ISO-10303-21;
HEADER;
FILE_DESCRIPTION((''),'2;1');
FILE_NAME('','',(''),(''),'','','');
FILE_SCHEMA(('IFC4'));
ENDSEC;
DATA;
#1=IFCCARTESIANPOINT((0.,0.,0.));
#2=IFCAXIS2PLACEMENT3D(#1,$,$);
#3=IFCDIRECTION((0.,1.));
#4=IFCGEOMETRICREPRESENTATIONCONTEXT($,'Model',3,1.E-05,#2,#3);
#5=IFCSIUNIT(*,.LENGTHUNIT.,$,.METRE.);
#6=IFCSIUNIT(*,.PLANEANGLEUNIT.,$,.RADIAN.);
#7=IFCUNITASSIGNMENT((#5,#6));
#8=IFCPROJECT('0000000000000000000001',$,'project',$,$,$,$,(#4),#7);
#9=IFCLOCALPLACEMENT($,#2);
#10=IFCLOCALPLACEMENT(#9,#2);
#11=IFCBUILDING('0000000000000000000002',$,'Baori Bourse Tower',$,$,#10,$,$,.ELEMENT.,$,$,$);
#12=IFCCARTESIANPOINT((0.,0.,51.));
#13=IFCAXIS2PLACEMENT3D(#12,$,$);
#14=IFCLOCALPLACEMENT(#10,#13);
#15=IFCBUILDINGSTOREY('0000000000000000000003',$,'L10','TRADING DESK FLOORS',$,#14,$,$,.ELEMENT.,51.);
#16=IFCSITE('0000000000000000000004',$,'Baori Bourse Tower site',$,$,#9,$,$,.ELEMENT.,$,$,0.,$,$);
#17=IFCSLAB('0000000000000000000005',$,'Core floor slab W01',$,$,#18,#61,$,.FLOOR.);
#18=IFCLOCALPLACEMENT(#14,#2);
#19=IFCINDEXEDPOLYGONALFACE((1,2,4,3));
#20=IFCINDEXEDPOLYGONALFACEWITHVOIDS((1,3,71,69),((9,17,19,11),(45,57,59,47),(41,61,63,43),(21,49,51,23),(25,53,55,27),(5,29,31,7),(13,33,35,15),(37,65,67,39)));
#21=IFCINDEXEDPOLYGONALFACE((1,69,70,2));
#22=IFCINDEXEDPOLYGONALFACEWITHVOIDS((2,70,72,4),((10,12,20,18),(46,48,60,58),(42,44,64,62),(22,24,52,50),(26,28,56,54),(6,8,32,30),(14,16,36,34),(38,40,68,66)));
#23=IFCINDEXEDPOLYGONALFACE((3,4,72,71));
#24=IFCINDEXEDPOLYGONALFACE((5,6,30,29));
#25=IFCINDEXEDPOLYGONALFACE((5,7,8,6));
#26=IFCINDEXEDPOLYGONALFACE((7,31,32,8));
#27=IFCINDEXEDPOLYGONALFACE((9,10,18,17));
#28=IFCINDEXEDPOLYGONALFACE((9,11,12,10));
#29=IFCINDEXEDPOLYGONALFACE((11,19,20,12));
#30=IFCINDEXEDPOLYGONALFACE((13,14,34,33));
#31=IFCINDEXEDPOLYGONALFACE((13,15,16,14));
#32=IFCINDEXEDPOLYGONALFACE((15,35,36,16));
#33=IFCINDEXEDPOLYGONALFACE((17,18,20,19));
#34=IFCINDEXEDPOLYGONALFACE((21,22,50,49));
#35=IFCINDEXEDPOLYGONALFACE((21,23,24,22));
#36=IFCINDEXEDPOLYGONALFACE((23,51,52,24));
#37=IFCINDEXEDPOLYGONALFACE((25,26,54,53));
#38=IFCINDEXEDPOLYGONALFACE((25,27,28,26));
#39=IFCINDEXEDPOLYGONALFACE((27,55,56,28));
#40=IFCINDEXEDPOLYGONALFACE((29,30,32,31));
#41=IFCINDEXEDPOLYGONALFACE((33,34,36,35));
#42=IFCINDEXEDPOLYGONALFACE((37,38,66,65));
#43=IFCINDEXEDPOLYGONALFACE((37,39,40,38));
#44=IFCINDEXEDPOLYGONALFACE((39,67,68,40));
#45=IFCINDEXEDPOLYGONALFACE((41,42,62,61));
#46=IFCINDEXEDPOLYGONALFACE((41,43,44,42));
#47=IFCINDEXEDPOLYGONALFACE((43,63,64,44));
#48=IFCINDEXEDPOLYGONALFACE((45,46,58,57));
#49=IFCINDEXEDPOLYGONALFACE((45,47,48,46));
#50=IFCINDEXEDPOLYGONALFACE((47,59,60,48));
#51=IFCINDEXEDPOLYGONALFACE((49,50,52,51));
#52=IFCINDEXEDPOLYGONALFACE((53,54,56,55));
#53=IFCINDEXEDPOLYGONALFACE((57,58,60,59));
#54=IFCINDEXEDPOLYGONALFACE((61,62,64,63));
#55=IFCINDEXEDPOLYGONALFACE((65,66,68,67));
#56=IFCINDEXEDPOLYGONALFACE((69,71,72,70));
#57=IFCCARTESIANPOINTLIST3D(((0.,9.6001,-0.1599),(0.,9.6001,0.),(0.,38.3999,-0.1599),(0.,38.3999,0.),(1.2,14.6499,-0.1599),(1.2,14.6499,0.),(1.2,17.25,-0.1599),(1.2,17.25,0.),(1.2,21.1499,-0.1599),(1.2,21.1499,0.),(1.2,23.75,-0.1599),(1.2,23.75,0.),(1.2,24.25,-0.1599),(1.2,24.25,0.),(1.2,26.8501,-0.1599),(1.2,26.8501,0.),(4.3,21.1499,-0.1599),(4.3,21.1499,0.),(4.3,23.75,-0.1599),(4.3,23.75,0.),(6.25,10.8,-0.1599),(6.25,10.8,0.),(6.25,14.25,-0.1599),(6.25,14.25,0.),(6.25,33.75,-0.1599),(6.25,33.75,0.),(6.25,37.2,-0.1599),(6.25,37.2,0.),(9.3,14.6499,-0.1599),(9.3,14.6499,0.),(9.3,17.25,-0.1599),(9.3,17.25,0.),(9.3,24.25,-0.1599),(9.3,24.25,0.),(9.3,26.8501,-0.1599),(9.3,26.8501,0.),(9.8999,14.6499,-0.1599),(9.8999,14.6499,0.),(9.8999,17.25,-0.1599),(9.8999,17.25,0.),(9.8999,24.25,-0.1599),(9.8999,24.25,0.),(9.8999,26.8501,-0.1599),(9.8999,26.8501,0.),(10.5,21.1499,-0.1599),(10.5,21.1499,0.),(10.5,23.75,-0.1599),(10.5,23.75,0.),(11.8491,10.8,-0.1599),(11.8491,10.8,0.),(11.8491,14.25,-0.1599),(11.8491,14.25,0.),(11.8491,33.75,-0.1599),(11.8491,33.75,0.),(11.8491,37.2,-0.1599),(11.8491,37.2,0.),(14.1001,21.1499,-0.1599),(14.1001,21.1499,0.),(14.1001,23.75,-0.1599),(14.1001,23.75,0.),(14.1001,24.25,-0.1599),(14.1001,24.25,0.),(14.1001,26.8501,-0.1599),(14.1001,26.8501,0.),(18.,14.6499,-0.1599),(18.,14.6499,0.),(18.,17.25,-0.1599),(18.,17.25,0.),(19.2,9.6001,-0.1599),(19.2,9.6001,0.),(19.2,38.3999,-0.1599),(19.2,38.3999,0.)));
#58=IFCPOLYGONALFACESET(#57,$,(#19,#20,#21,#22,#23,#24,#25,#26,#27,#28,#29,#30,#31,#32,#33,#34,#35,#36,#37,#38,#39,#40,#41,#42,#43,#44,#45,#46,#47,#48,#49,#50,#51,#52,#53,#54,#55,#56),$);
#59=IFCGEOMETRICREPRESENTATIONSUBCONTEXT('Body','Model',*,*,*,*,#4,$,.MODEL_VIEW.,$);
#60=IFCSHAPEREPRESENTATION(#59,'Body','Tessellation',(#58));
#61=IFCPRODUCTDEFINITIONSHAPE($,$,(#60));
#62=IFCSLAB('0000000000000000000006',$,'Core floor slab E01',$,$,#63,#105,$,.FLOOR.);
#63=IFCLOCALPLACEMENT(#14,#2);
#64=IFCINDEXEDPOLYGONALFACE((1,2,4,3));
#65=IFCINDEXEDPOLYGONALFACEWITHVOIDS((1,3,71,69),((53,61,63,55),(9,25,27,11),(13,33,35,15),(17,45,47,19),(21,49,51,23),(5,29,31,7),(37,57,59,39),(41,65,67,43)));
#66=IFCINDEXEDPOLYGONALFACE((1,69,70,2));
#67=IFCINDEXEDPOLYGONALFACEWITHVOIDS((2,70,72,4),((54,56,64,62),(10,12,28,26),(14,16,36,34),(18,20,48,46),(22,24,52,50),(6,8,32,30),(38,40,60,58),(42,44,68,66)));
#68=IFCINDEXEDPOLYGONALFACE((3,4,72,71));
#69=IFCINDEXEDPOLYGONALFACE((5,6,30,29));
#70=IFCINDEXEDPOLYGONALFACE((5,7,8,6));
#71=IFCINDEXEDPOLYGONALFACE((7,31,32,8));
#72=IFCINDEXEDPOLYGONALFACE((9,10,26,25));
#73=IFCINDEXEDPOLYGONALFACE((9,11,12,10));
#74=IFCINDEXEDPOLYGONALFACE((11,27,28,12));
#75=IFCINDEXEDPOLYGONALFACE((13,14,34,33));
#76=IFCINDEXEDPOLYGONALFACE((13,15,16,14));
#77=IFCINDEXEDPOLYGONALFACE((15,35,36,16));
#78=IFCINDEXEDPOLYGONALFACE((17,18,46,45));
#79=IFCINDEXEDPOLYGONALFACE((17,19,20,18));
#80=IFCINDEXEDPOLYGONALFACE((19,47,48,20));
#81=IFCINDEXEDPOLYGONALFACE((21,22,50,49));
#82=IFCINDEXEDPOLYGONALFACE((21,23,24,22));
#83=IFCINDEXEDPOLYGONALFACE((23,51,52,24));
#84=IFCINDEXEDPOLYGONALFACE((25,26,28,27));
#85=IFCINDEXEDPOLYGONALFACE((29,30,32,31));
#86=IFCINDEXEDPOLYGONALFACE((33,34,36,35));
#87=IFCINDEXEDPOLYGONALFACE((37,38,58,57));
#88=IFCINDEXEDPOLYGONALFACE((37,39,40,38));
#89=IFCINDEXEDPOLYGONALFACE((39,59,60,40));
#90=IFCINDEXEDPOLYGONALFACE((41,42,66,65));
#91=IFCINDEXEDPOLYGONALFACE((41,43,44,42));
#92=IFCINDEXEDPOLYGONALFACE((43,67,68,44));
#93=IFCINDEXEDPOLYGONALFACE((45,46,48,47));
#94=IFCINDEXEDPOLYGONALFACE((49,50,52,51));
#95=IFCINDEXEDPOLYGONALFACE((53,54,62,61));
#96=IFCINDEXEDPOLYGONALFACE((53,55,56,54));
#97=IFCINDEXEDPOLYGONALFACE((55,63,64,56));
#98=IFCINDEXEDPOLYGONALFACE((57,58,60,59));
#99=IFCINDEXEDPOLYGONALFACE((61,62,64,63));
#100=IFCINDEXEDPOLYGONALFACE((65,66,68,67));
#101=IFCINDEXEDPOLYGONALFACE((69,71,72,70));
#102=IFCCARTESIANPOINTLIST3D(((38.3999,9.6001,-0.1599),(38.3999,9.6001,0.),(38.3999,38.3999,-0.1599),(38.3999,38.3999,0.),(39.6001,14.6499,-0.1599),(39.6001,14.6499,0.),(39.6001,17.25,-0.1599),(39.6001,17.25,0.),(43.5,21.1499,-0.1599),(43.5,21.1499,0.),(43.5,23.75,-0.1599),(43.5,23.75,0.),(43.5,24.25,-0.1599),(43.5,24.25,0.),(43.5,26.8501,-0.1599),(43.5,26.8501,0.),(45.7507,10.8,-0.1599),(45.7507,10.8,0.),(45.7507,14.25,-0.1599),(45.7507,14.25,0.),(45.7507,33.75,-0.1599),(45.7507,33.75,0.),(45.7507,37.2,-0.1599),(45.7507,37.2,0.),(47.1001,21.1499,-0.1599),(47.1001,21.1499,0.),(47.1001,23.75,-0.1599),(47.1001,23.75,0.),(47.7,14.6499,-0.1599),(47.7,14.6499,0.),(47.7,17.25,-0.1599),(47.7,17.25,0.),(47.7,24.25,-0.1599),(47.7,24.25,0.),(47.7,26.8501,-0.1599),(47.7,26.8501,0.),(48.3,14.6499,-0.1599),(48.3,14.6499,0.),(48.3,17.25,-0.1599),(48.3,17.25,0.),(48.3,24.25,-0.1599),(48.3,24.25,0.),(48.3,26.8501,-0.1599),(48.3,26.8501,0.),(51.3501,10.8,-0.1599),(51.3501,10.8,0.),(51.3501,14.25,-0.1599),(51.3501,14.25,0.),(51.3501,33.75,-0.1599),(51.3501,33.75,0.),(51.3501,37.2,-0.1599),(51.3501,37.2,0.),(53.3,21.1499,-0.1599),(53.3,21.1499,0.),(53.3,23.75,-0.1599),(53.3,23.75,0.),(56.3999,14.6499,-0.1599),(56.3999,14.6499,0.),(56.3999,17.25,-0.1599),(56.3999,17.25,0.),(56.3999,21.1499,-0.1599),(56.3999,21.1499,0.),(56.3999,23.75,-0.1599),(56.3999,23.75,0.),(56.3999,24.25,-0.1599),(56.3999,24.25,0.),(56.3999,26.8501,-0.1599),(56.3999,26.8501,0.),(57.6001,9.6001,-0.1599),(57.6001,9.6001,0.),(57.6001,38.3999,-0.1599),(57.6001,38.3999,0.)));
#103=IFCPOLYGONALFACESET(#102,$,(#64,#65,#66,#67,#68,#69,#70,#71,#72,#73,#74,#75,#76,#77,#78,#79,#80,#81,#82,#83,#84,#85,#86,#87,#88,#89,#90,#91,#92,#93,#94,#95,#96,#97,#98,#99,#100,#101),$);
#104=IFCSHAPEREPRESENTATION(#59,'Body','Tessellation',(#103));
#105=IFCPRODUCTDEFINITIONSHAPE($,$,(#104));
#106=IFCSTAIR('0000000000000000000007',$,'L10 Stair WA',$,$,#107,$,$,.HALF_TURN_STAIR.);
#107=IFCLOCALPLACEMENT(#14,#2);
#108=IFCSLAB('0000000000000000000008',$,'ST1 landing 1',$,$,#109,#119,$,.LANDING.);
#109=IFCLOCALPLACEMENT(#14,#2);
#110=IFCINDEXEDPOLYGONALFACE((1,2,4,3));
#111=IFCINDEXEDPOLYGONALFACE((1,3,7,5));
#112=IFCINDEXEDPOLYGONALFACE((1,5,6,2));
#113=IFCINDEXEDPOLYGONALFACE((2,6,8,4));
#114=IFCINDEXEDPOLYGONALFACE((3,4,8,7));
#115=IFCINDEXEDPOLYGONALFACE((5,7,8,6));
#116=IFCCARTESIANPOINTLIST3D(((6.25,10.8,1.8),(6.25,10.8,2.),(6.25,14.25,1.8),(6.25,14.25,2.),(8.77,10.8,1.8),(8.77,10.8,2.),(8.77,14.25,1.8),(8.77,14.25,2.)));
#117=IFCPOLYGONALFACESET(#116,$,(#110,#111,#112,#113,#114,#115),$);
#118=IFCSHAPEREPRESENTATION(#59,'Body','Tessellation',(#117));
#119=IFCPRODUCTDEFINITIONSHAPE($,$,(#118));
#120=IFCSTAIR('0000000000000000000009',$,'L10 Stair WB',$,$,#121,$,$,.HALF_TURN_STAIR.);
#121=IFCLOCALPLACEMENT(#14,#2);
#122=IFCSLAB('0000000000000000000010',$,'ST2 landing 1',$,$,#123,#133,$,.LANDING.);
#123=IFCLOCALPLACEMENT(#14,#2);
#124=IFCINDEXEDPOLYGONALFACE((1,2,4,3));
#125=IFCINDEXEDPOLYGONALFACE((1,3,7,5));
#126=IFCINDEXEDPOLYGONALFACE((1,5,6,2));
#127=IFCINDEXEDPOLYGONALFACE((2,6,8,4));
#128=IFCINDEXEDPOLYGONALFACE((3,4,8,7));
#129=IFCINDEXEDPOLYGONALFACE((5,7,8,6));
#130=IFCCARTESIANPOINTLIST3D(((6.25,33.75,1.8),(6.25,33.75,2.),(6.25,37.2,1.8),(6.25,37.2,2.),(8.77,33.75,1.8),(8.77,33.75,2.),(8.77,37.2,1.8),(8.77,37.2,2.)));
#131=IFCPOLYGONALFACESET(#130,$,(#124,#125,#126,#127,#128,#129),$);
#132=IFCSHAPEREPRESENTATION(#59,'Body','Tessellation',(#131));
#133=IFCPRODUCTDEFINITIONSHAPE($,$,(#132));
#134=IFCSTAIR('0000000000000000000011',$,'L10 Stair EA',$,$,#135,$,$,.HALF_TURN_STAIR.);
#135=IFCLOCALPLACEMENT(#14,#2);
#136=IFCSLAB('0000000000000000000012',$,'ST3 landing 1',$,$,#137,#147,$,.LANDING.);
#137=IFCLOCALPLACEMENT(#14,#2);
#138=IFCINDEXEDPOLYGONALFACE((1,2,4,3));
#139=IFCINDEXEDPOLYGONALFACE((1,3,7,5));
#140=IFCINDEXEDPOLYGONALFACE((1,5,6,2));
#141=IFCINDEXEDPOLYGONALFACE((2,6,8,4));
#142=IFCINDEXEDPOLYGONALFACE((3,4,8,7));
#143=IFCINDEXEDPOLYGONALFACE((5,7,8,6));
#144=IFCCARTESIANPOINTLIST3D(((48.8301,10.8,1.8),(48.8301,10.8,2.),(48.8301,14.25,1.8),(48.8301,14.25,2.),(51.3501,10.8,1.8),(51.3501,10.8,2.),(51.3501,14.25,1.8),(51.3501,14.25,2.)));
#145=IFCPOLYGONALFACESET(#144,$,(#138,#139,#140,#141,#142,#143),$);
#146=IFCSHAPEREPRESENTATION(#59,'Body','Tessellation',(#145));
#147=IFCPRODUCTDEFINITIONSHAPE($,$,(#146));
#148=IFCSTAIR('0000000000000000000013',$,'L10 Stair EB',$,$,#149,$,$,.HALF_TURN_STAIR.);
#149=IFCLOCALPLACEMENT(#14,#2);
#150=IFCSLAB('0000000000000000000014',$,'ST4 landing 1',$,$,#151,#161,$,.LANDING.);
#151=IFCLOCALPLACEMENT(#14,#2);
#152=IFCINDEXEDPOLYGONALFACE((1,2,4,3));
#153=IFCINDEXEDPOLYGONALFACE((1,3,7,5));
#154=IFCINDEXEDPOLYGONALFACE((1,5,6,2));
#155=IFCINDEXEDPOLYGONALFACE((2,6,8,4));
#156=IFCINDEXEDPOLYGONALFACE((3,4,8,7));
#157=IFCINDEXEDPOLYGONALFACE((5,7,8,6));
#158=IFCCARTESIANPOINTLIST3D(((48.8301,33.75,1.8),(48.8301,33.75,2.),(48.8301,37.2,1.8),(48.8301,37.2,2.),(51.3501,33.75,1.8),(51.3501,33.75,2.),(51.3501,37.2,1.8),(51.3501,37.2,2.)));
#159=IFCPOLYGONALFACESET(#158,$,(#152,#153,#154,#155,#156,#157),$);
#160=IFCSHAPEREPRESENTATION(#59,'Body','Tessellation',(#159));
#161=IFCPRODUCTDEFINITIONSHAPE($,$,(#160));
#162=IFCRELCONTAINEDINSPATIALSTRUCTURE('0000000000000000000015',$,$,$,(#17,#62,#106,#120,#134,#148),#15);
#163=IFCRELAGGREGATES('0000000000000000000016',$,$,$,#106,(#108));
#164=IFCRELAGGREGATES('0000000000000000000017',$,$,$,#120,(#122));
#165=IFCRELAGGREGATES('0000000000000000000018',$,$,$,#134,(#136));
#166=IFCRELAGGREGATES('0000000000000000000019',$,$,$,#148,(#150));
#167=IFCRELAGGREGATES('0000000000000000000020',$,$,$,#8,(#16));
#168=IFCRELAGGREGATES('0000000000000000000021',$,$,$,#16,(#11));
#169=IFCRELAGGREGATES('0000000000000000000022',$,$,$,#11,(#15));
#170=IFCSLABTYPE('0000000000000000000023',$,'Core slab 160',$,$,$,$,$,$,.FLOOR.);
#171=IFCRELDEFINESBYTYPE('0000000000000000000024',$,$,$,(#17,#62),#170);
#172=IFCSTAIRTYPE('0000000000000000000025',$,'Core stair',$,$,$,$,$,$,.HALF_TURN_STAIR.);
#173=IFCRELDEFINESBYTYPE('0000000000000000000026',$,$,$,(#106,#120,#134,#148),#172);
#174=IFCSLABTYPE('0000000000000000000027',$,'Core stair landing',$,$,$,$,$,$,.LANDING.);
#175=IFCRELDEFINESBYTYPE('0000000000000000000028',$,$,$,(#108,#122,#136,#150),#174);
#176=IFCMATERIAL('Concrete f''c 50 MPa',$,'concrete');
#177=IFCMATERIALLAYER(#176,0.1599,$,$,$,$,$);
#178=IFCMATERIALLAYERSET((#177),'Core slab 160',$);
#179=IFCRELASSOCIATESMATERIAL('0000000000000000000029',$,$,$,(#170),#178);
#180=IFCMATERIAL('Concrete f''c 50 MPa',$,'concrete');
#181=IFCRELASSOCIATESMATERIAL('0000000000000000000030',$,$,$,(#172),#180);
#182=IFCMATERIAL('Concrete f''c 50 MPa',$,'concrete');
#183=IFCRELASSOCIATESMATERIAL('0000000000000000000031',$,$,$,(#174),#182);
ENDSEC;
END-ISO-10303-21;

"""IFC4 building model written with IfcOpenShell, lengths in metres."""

from ifc_helpers import new_model, si_unit, direction, frame, origin, place, context, subcontext, project, spatial, polyline, outline, extrude, material, layer, layer_set, type_object, element, aggregate, save


model = new_model("IFC4")

# Units and contexts
model_context = context("Model", 3, precision=1e-05, world=origin(), true_north=direction((0.0, 1.0)))
body_context = subcontext(model_context, "Body", "Model", "MODEL_VIEW")
ifc_project = project(units=[si_unit("LENGTHUNIT", "METRE"), si_unit("PLANEANGLEUNIT", "RADIAN")], contexts=[model_context])

# Site, building, storey
site_placement = place(None, origin())
site = spatial("IfcSite", under=ifc_project, at=site_placement, Name="Baori Bourse Tower site", CompositionType="ELEMENT", RefElevation=0.0)
building_placement = place(site_placement, origin())
building = spatial("IfcBuilding", under=site, at=building_placement, Name="Baori Bourse Tower", CompositionType="ELEMENT")
storey_placement = place(building_placement, frame((0.0, 0.0, 51.0)))
storey = spatial("IfcBuildingStorey", under=building, at=storey_placement, Name="L10", Description="TRADING DESK FLOORS", CompositionType="ELEMENT", Elevation=51.0)

# Slabs
ifc_material_1 = material(Name="Concrete f'c 50 MPa", Category="concrete")
ifc_layer_1 = layer(ifc_material_1, 0.1599)
ifc_layer_set_1 = layer_set([ifc_layer_1], Name="Core slab 160")
slab_type_1 = type_object("IfcSlabType", Name="Core slab 160", PredefinedType="FLOOR", material=ifc_layer_set_1)
slab_1_placement = place(storey_placement, frame((0.0, 0.0, -0.1599)))
element("IfcSlab", 1, at=slab_1_placement, inside=storey, type_object=slab_type_1, Name="Core floor slab W01", PredefinedType="FLOOR", context=body_context, shape_type="SweptSolid", body=[
    extrude(outline(polyline([(19.2, 9.6001), (19.2, 38.3999), (0.0, 38.3999), (0.0, 9.6001), (19.2, 9.6001)]), holes=[polyline([(9.8999, 14.6499), (9.8999, 17.25), (18.0, 17.25), (18.0, 14.6499), (9.8999, 14.6499)]), polyline([(10.5, 21.1499), (10.5, 23.75), (14.1001, 23.75), (14.1001, 21.1499), (10.5, 21.1499)]), polyline([(14.1001, 24.25), (9.8999, 24.25), (9.8999, 26.8501), (14.1001, 26.8501), (14.1001, 24.25)]), polyline([(6.25, 14.25), (11.8491, 14.25), (11.8491, 10.8), (6.25, 10.8), (6.25, 14.25)]), polyline([(11.8491, 37.2), (11.8491, 33.75), (6.25, 33.75), (6.25, 37.2), (11.8491, 37.2)]), polyline([(1.2, 26.8501), (9.3, 26.8501), (9.3, 24.25), (1.2, 24.25), (1.2, 26.8501)]), polyline([(9.3, 14.6499), (1.2, 14.6499), (1.2, 17.25), (9.3, 17.25), (9.3, 14.6499)]), polyline([(4.3, 23.75), (4.3, 21.1499), (1.2, 21.1499), (1.2, 23.75), (4.3, 23.75)])]), origin(), (0.0, 0.0, 1.0), 0.1599),
])
slab_2_placement = place(storey_placement, frame((0.0, 0.0, -0.1599)))
element("IfcSlab", 2, at=slab_2_placement, inside=storey, type_object=slab_type_1, Name="Core floor slab E01", PredefinedType="FLOOR", context=body_context, shape_type="SweptSolid", body=[
    extrude(outline(polyline([(38.3999, 9.6001), (57.6001, 9.6001), (57.6001, 38.3999), (38.3999, 38.3999), (38.3999, 9.6001)]), holes=[polyline([(48.3, 14.6499), (48.3, 17.25), (56.3999, 17.25), (56.3999, 14.6499), (48.3, 14.6499)]), polyline([(56.3999, 21.1499), (53.3, 21.1499), (53.3, 23.75), (56.3999, 23.75), (56.3999, 21.1499)]), polyline([(56.3999, 26.8501), (56.3999, 24.25), (48.3, 24.25), (48.3, 26.8501), (56.3999, 26.8501)]), polyline([(45.7507, 14.25), (51.3501, 14.25), (51.3501, 10.8), (45.7507, 10.8), (45.7507, 14.25)]), polyline([(51.3501, 37.2), (51.3501, 33.75), (45.7507, 33.75), (45.7507, 37.2), (51.3501, 37.2)]), polyline([(39.6001, 17.25), (47.7, 17.25), (47.7, 14.6499), (39.6001, 14.6499), (39.6001, 17.25)]), polyline([(43.5, 24.25), (43.5, 26.8501), (47.7, 26.8501), (47.7, 24.25), (43.5, 24.25)]), polyline([(43.5, 23.75), (47.1001, 23.75), (47.1001, 21.1499), (43.5, 21.1499), (43.5, 23.75)])]), origin(), (0.0, 0.0, 1.0), 0.1599),
])

# Stairs, slabs
ifc_material_2 = material(Name="Concrete f'c 50 MPa", Category="concrete")
stair_type = type_object("IfcStairType", Name="Core stair", PredefinedType="HALF_TURN_STAIR", material=ifc_material_2)
stair_1_placement = place(storey_placement, origin())
stair_1 = element("IfcStair", 3, at=stair_1_placement, inside=storey, type_object=stair_type, Name="L10 Stair WA", PredefinedType="HALF_TURN_STAIR")
ifc_material_3 = material(Name="Concrete f'c 50 MPa", Category="concrete")
slab_type_2 = type_object("IfcSlabType", Name="Core stair landing", PredefinedType="LANDING", material=ifc_material_3)
slab_3_placement = place(storey_placement, frame((0.0, 0.0, 1.8)))
slab_3 = element("IfcSlab", 4, at=slab_3_placement, type_object=slab_type_2, Name="ST1 landing 1", PredefinedType="LANDING", context=body_context, shape_type="SweptSolid", body=[
    extrude(outline(polyline([(8.77, 14.25), (6.25, 14.25), (6.25, 10.8), (8.77, 10.8), (8.77, 14.25)])), origin(), (0.0, 0.0, 1.0), 0.2),
])
aggregate(stair_1, [slab_3])
stair_2_placement = place(storey_placement, origin())
stair_2 = element("IfcStair", 5, at=stair_2_placement, inside=storey, type_object=stair_type, Name="L10 Stair WB", PredefinedType="HALF_TURN_STAIR")
slab_4_placement = place(storey_placement, frame((0.0, 0.0, 1.8)))
slab_4 = element("IfcSlab", 6, at=slab_4_placement, type_object=slab_type_2, Name="ST2 landing 1", PredefinedType="LANDING", context=body_context, shape_type="SweptSolid", body=[
    extrude(outline(polyline([(8.77, 37.2), (6.25, 37.2), (6.25, 33.75), (8.77, 33.75), (8.77, 37.2)])), origin(), (0.0, 0.0, 1.0), 0.2),
])
aggregate(stair_2, [slab_4])
stair_3_placement = place(storey_placement, origin())
stair_3 = element("IfcStair", 7, at=stair_3_placement, inside=storey, type_object=stair_type, Name="L10 Stair EA", PredefinedType="HALF_TURN_STAIR")
slab_5_placement = place(storey_placement, frame((0.0, 0.0, 1.8)))
slab_5 = element("IfcSlab", 8, at=slab_5_placement, type_object=slab_type_2, Name="ST3 landing 1", PredefinedType="LANDING", context=body_context, shape_type="SweptSolid", body=[
    extrude(outline(polyline([(48.8301, 10.8), (51.3501, 10.8), (51.3501, 14.25), (48.8301, 14.25), (48.8301, 10.8)])), origin(), (0.0, 0.0, 1.0), 0.2),
])
aggregate(stair_3, [slab_5])
stair_4_placement = place(storey_placement, origin())
stair_4 = element("IfcStair", 9, at=stair_4_placement, inside=storey, type_object=stair_type, Name="L10 Stair EB", PredefinedType="HALF_TURN_STAIR")
slab_6_placement = place(storey_placement, frame((0.0, 0.0, 1.8)))
slab_6 = element("IfcSlab", 10, at=slab_6_placement, type_object=slab_type_2, Name="ST4 landing 1", PredefinedType="LANDING", context=body_context, shape_type="SweptSolid", body=[
    extrude(outline(polyline([(48.8301, 33.75), (51.3501, 33.75), (51.3501, 37.2), (48.8301, 37.2), (48.8301, 33.75)])), origin(), (0.0, 0.0, 1.0), 0.2),
])
aggregate(stair_4, [slab_6])

save(model, "model.ifc")
